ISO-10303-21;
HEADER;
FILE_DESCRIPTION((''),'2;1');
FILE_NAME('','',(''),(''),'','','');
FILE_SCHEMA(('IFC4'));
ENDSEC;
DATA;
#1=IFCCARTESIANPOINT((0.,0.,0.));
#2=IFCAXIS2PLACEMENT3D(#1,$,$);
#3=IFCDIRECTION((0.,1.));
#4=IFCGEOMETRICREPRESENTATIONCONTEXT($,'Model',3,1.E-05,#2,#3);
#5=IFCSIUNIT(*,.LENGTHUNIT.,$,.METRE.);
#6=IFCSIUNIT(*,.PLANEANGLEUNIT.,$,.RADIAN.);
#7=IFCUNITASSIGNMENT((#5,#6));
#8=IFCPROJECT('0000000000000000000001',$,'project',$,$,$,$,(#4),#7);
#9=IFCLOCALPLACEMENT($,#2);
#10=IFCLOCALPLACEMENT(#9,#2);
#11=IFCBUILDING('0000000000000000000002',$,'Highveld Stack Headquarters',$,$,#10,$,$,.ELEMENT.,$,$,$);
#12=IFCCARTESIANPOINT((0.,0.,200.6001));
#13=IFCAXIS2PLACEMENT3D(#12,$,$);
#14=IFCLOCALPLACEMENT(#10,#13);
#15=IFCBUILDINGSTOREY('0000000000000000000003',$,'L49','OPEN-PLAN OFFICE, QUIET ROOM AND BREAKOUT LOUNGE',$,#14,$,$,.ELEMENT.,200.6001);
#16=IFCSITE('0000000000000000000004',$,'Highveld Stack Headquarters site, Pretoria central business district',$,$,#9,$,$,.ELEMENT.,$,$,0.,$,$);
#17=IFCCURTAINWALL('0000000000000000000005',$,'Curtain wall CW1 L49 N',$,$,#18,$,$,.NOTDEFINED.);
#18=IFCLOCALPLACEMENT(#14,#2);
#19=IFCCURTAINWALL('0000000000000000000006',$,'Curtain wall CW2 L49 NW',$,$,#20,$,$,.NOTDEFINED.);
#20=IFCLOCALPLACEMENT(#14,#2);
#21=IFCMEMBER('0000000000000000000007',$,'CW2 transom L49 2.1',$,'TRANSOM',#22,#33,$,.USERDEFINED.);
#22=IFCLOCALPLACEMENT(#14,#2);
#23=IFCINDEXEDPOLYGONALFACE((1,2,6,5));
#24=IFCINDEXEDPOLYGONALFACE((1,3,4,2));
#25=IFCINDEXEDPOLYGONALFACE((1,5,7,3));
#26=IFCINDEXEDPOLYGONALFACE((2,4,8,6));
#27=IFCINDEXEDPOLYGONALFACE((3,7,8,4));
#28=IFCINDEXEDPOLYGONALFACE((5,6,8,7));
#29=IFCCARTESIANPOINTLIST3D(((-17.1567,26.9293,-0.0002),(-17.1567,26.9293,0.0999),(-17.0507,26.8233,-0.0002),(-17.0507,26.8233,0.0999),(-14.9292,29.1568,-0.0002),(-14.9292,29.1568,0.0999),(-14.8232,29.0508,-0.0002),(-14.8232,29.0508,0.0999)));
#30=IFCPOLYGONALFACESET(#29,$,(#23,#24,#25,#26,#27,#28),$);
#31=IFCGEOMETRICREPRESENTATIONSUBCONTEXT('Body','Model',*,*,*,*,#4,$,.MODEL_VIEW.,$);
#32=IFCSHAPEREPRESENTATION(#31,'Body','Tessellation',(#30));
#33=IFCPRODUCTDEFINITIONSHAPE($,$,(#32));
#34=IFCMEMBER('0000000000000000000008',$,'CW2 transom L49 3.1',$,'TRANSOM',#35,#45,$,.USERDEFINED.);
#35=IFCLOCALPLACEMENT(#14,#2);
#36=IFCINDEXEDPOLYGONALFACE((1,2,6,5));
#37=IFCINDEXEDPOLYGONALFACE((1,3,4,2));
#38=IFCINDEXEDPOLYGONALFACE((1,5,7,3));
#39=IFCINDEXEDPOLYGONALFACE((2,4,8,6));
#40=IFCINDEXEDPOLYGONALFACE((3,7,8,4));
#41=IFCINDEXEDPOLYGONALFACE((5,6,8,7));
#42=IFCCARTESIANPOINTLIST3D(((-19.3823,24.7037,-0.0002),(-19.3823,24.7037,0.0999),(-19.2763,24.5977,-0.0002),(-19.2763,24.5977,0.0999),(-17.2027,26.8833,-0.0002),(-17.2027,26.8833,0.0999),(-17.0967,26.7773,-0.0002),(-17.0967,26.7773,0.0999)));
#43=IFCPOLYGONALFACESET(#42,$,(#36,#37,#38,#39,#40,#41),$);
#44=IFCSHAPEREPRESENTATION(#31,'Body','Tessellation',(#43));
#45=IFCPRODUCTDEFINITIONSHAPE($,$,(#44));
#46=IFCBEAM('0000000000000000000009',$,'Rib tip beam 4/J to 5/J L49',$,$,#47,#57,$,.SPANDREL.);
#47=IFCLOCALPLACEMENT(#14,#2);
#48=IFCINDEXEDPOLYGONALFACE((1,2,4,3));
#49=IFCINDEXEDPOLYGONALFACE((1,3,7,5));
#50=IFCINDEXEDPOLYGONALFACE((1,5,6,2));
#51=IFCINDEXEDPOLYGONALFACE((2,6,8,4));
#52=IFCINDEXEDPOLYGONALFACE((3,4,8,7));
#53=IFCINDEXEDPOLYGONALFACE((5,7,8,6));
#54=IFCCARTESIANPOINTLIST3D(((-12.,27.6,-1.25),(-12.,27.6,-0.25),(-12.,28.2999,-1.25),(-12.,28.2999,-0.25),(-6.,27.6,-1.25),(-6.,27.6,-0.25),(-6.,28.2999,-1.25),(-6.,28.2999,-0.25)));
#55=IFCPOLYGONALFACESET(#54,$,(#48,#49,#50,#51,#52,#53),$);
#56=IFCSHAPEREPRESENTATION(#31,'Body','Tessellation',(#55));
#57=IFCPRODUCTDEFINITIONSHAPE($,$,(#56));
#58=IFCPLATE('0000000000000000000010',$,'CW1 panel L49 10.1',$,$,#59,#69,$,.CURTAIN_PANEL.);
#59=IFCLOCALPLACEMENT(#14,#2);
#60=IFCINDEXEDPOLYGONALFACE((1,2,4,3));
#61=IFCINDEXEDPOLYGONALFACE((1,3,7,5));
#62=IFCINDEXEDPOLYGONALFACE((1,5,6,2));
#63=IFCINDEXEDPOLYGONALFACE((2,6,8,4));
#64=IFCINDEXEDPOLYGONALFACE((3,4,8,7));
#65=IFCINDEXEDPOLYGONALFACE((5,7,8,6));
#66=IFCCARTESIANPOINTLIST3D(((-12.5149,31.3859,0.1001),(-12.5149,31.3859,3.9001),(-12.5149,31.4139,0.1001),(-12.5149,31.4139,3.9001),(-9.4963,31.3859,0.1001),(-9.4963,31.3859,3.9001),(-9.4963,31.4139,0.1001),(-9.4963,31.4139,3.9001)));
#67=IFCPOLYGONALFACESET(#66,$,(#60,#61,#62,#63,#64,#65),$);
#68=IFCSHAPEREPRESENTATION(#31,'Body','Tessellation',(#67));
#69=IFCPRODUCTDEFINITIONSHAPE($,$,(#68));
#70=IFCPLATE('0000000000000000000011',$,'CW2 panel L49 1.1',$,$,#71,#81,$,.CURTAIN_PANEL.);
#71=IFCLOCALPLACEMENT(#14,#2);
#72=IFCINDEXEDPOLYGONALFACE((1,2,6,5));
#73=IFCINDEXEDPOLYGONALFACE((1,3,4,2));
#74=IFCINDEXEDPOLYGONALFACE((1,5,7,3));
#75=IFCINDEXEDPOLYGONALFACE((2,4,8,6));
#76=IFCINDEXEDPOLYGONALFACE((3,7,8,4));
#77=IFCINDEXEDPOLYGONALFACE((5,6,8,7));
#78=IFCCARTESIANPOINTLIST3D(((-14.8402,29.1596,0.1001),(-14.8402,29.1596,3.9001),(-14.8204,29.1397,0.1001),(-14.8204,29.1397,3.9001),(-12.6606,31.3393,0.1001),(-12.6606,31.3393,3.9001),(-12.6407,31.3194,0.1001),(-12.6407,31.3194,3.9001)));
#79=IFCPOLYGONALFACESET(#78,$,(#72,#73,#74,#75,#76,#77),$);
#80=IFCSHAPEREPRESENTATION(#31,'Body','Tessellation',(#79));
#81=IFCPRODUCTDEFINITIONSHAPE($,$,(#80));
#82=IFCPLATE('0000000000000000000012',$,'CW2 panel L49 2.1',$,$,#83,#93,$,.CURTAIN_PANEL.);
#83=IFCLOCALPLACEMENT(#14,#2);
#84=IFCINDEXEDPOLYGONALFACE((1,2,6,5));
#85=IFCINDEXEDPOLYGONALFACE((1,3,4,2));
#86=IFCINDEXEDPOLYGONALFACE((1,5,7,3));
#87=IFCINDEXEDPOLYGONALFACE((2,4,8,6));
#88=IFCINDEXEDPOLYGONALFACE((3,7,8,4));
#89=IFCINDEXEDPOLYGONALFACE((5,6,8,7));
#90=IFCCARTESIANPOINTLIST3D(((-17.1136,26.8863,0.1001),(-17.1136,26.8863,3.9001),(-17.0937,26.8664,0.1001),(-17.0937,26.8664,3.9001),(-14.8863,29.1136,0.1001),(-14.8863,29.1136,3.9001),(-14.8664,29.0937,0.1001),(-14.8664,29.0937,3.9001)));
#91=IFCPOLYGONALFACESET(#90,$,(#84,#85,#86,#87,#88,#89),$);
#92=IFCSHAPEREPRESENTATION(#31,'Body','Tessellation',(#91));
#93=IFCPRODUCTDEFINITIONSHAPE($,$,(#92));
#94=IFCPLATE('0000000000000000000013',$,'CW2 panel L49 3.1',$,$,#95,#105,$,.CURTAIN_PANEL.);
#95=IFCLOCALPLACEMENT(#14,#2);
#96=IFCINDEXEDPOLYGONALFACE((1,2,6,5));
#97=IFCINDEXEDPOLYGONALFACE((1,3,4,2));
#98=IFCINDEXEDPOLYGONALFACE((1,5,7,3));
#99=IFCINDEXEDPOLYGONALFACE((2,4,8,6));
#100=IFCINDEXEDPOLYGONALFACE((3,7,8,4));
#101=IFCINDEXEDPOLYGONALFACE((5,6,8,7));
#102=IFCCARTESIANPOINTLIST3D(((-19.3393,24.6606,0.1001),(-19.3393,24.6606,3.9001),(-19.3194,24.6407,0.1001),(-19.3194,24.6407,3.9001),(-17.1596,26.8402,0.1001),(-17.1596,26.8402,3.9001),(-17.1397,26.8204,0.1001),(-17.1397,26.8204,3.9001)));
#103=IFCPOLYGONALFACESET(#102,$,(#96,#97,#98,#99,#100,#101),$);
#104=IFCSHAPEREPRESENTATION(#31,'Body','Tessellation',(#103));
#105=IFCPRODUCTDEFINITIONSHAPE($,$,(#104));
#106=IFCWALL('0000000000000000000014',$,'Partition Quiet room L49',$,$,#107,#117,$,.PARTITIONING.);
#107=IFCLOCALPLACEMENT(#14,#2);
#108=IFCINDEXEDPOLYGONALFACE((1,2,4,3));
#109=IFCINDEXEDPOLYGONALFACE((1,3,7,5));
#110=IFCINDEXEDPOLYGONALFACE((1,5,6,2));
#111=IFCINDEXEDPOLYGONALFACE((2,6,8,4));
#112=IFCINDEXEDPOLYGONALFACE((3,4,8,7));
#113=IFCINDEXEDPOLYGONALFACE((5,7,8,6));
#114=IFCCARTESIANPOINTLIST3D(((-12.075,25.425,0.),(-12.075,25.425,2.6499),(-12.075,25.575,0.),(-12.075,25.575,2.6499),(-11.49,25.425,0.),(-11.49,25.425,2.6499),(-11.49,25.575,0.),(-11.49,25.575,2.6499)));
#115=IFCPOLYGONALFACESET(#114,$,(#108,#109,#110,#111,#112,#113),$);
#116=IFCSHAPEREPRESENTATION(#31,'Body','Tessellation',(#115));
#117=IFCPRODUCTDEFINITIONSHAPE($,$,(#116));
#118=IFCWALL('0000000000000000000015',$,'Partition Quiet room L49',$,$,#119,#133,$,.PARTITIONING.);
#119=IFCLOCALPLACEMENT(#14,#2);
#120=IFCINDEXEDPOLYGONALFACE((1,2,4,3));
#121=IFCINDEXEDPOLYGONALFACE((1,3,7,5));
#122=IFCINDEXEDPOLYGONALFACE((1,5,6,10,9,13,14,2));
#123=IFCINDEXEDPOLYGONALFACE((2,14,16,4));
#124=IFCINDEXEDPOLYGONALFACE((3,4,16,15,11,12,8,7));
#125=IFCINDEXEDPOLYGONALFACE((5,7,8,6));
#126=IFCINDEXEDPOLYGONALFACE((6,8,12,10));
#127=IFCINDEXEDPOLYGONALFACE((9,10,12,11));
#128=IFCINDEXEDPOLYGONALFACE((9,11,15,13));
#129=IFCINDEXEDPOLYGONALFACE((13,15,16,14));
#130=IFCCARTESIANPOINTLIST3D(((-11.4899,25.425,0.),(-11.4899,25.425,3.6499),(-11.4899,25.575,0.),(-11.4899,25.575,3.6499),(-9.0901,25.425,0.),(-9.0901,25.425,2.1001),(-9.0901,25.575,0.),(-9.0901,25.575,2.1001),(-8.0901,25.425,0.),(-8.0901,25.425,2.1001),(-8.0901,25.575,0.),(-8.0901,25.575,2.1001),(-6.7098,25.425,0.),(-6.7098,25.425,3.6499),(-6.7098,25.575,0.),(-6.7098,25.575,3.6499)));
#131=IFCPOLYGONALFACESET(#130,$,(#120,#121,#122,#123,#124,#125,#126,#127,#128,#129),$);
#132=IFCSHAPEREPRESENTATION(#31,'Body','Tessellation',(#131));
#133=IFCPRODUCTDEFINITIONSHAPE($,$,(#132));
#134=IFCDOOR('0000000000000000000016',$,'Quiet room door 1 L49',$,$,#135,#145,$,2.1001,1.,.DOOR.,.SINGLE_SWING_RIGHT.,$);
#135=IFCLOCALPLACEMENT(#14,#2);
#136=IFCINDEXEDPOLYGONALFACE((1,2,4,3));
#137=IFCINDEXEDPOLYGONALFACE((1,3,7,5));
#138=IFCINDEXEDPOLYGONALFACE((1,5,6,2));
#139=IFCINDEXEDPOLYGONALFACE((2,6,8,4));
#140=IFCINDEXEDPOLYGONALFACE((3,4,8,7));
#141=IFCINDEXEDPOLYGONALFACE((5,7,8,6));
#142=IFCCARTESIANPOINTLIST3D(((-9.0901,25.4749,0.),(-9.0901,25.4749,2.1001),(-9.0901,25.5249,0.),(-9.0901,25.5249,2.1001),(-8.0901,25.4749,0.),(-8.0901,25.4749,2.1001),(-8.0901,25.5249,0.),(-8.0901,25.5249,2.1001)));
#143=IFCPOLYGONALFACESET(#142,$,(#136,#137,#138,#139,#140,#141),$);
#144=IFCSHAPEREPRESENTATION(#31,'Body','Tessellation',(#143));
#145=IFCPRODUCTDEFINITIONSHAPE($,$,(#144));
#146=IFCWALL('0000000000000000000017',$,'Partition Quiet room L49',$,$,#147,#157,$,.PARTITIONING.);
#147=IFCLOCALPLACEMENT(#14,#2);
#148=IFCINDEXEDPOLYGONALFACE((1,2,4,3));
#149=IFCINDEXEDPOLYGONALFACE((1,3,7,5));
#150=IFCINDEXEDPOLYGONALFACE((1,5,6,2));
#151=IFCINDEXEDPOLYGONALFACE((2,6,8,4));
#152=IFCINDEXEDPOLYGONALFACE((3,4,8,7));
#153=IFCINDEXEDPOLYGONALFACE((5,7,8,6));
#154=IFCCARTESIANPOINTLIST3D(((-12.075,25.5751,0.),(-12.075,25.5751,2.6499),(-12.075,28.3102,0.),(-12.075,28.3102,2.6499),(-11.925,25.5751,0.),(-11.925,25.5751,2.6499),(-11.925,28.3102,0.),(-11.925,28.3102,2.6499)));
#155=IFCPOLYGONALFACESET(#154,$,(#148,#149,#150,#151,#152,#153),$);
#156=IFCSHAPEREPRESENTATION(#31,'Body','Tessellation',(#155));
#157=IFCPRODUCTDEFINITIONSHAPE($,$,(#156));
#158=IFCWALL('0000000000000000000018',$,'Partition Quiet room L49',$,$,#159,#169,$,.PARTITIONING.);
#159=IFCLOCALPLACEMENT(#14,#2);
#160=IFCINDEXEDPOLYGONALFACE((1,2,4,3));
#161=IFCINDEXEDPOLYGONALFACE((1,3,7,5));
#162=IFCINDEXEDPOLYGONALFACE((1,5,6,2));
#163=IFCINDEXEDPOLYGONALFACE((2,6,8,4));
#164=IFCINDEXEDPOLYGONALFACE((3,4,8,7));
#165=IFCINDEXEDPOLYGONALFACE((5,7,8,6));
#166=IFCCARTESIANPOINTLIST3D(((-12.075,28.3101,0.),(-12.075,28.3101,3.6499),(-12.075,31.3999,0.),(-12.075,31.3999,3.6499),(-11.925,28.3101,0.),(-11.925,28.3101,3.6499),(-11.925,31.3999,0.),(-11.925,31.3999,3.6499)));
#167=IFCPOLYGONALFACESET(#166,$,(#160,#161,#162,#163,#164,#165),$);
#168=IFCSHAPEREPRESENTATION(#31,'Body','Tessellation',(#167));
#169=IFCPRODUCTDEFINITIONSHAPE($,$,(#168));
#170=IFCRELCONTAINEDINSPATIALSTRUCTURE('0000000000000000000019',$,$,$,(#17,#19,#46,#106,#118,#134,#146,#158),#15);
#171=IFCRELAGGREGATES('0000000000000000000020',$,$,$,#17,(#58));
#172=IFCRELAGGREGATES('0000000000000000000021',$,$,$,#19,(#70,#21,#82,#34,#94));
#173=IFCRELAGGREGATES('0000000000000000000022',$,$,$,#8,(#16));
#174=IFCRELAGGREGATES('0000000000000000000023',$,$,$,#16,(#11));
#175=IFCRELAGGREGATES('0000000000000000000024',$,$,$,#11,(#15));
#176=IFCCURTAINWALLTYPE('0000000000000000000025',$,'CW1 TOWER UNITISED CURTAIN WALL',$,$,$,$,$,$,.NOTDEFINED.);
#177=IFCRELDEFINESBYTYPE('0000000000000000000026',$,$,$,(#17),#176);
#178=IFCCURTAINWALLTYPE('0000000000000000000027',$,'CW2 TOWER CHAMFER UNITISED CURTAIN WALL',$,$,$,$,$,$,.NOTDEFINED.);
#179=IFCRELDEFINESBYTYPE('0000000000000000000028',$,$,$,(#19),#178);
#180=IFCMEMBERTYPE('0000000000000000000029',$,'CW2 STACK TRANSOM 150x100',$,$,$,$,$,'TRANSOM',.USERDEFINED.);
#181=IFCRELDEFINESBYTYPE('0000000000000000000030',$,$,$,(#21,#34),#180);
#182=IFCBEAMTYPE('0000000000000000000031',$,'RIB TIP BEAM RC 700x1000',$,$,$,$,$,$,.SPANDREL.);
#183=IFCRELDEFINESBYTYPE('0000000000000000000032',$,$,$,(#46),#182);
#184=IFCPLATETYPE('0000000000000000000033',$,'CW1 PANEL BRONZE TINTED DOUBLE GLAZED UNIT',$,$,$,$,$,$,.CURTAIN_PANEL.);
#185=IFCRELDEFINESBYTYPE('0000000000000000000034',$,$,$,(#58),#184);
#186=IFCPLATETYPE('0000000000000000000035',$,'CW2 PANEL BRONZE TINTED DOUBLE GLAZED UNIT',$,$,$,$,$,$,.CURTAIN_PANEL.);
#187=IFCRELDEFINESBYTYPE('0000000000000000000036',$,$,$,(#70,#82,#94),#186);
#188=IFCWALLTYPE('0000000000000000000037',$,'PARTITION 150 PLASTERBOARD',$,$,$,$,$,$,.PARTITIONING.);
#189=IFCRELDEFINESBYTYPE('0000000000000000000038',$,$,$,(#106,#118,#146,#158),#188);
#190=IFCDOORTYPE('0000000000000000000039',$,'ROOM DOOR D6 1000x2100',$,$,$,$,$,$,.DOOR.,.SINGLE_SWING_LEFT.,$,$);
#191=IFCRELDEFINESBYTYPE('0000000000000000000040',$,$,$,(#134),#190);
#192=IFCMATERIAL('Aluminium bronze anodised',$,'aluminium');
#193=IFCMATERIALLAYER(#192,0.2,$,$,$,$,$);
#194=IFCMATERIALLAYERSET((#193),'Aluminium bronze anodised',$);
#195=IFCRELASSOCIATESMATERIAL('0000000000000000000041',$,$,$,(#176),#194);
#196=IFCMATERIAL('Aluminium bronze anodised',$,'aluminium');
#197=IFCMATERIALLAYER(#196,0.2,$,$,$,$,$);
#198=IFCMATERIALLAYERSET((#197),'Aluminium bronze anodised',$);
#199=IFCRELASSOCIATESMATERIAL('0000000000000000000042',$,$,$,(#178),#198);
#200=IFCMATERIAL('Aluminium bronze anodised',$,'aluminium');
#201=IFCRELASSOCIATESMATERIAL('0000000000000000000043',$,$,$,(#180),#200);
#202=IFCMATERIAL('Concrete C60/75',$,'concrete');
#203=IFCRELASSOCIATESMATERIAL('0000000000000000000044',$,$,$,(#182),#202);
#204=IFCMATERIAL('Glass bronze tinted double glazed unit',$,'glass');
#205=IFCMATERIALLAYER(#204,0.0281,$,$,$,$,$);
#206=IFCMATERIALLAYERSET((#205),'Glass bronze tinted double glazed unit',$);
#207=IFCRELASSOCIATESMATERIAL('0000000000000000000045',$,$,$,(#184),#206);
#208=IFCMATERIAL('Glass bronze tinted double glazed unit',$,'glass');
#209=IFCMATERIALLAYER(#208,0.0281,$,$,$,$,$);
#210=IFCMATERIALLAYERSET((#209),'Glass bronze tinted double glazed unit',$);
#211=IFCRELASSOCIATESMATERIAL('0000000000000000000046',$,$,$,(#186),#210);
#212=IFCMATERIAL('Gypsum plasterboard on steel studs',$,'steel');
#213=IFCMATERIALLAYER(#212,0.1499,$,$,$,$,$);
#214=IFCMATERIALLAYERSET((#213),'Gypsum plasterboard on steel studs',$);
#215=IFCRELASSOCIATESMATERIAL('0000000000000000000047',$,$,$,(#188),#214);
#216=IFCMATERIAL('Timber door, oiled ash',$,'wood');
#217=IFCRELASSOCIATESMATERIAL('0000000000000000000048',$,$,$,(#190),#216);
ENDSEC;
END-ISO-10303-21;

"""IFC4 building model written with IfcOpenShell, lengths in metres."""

from ifc_helpers import new_model, si_unit, direction, frame, frame_2d, origin, origin_2d, place, context, subcontext, project, spatial, rectangle, extrude, material, layer, layer_set, material_profile, profile_set, type_object, element, fill, aggregate, save


model = new_model("IFC4")

# Units and contexts
model_context = context("Model", 3, precision=1e-05, world=origin(), true_north=direction((0.0, 1.0)))
body_context = subcontext(model_context, "Body", "Model", "MODEL_VIEW")
ifc_project = project(units=[si_unit("LENGTHUNIT", "METRE"), si_unit("PLANEANGLEUNIT", "RADIAN")], contexts=[model_context])

# Site, building, storey
site_placement = place(None, origin())
site = spatial("IfcSite", under=ifc_project, at=site_placement, Name="Highveld Stack Headquarters site, Pretoria central business district", CompositionType="ELEMENT", RefElevation=0.0)
building_placement = place(site_placement, origin())
building = spatial("IfcBuilding", under=site, at=building_placement, Name="Highveld Stack Headquarters", CompositionType="ELEMENT")
storey_placement = place(building_placement, frame((0.0, 0.0, 200.6001)))
storey = spatial("IfcBuildingStorey", under=building, at=storey_placement, Name="L49", Description="OPEN-PLAN OFFICE, QUIET ROOM AND BREAKOUT LOUNGE", CompositionType="ELEMENT", Elevation=200.6001)

# Curtain wall
ifc_material_1 = material(Name="Aluminium bronze anodised", Category="aluminium")
ifc_layer_1 = layer(ifc_material_1, 0.2)
ifc_layer_set_1 = layer_set([ifc_layer_1], Name="Aluminium bronze anodised")
curtain_wall_type_1 = type_object("IfcCurtainWallType", Name="CW1 TOWER UNITISED CURTAIN WALL", PredefinedType="NOTDEFINED", material=ifc_layer_set_1)
curtain_wall_1_placement = place(storey_placement, origin())
curtain_wall_1 = element("IfcCurtainWall", 1, at=curtain_wall_1_placement, inside=storey, type_object=curtain_wall_type_1, Name="Curtain wall CW1 L49 N", PredefinedType="NOTDEFINED")

# Curtain wall, members
ifc_material_2 = material(Name="Aluminium bronze anodised", Category="aluminium")
ifc_layer_2 = layer(ifc_material_2, 0.2)
ifc_layer_set_2 = layer_set([ifc_layer_2], Name="Aluminium bronze anodised")
curtain_wall_type_2 = type_object("IfcCurtainWallType", Name="CW2 TOWER CHAMFER UNITISED CURTAIN WALL", PredefinedType="NOTDEFINED", material=ifc_layer_set_2)
curtain_wall_2_placement = place(storey_placement, origin())
curtain_wall_2 = element("IfcCurtainWall", 2, at=curtain_wall_2_placement, inside=storey, type_object=curtain_wall_type_2, Name="Curtain wall CW2 L49 NW", PredefinedType="NOTDEFINED")
ifc_material_3 = material(Name="Aluminium bronze anodised", Category="aluminium")
ifc_material_profile_1 = material_profile(ifc_material_3, rectangle(XDim=0.1499, YDim=0.1001, at=origin_2d()), Name="CW2 TRANSOM 150x100")
ifc_profile_set_1 = profile_set([ifc_material_profile_1], Name="Aluminium bronze anodised")
member_type_1 = type_object("IfcMemberType", Name="CW2 STACK TRANSOM 150x100", ElementType="TRANSOM", PredefinedType="USERDEFINED", material=ifc_profile_set_1)
member_1_placement = place(storey_placement, frame((-14.8762, 29.1038, 0.0498), z_axis=(-0.707107, -0.707107, 0.0), x_axis=(0.707107, -0.707107, 0.0)))
member_1 = element("IfcMember", 3, at=member_1_placement, type_object=member_type_1, Name="CW2 transom L49 2.1", ObjectType="TRANSOM", PredefinedType="USERDEFINED", context=body_context, shape_type="SweptSolid", body=[
    extrude(rectangle(XDim=0.1499, YDim=0.1001, at=origin_2d()), origin(), (0.0, 0.0, 1.0), 3.1501),
])
member_2_placement = place(storey_placement, frame((-17.1497, 26.8303, 0.0498), z_axis=(-0.707107, -0.707107, 0.0), x_axis=(0.707107, -0.707107, 0.0)))
member_2 = element("IfcMember", 4, at=member_2_placement, type_object=member_type_1, Name="CW2 transom L49 3.1", ObjectType="TRANSOM", PredefinedType="USERDEFINED", context=body_context, shape_type="SweptSolid", body=[
    extrude(rectangle(XDim=0.1499, YDim=0.1001, at=origin_2d()), origin(), (0.0, 0.0, 1.0), 3.0825),
])

# Beam
ifc_material_4 = material(Name="Concrete C60/75", Category="concrete")
ifc_material_profile_2 = material_profile(ifc_material_4, rectangle(XDim=0.7, YDim=1.0, at=origin_2d()), Name="RC 700x1000")
ifc_profile_set_2 = profile_set([ifc_material_profile_2], Name="Concrete C60/75")
beam_type_1 = type_object("IfcBeamType", Name="RIB TIP BEAM RC 700x1000", PredefinedType="SPANDREL", material=ifc_profile_set_2)
beam_1_placement = place(storey_placement, frame((-12.0, 27.95, -0.75), z_axis=(1.0, 0.0, 0.0), x_axis=(0.0, 1.0, 0.0)))
element("IfcBeam", 5, at=beam_1_placement, inside=storey, type_object=beam_type_1, Name="Rib tip beam 4/J to 5/J L49", PredefinedType="SPANDREL", context=body_context, shape_type="SweptSolid", body=[
    extrude(rectangle(XDim=0.7, YDim=1.0, at=origin_2d()), origin(), (0.0, 0.0, 1.0), 6.0),
])

# Plates
ifc_material_5 = material(Name="Glass bronze tinted double glazed unit", Category="glass")
ifc_layer_3 = layer(ifc_material_5, 0.0281)
ifc_layer_set_3 = layer_set([ifc_layer_3], Name="Glass bronze tinted double glazed unit")
plate_type_1 = type_object("IfcPlateType", Name="CW1 PANEL BRONZE TINTED DOUBLE GLAZED UNIT", PredefinedType="CURTAIN_PANEL", material=ifc_layer_set_3)
plate_1_placement = place(storey_placement, frame((-11.0056, 31.3999, 0.1001), z_axis=(0.0, 0.0, 1.0), x_axis=(-1.0, 0.0, 0.0)))
plate_1 = element("IfcPlate", 6, at=plate_1_placement, type_object=plate_type_1, Name="CW1 panel L49 10.1", PredefinedType="CURTAIN_PANEL", context=body_context, shape_type="SweptSolid", body=[
    extrude(rectangle(XDim=3.0186, YDim=0.0281, at=origin_2d()), origin(), (0.0, 0.0, 1.0), 3.8),
])
aggregate(curtain_wall_1, [plate_1])
ifc_material_6 = material(Name="Glass bronze tinted double glazed unit", Category="glass")
ifc_layer_4 = layer(ifc_material_6, 0.0281)
ifc_layer_set_4 = layer_set([ifc_layer_4], Name="Glass bronze tinted double glazed unit")
plate_type_2 = type_object("IfcPlateType", Name="CW2 PANEL BRONZE TINTED DOUBLE GLAZED UNIT", PredefinedType="CURTAIN_PANEL", material=ifc_layer_set_4)
plate_2_placement = place(storey_placement, frame((-13.7405, 30.2395, 0.1001), z_axis=(0.0, 0.0, 1.0), x_axis=(-0.707107, -0.707107, 0.0)))
plate_2 = element("IfcPlate", 7, at=plate_2_placement, type_object=plate_type_2, Name="CW2 panel L49 1.1", PredefinedType="CURTAIN_PANEL", context=body_context, shape_type="SweptSolid", body=[
    extrude(rectangle(XDim=3.0825, YDim=0.0281, at=origin_2d()), origin(), (0.0, 0.0, 1.0), 3.8),
])
plate_3_placement = place(storey_placement, frame((-15.99, 27.99, 0.1001), z_axis=(0.0, 0.0, 1.0), x_axis=(-0.707107, -0.707107, 0.0)))
plate_3 = element("IfcPlate", 8, at=plate_3_placement, type_object=plate_type_2, Name="CW2 panel L49 2.1", PredefinedType="CURTAIN_PANEL", context=body_context, shape_type="SweptSolid", body=[
    extrude(rectangle(XDim=3.1499, YDim=0.0281, at=origin_2d()), origin(), (0.0, 0.0, 1.0), 3.8),
])
plate_4_placement = place(storey_placement, frame((-18.2395, 25.7405, 0.1001), z_axis=(0.0, 0.0, 1.0), x_axis=(-0.707107, -0.707107, 0.0)))
plate_4 = element("IfcPlate", 9, at=plate_4_placement, type_object=plate_type_2, Name="CW2 panel L49 3.1", PredefinedType="CURTAIN_PANEL", context=body_context, shape_type="SweptSolid", body=[
    extrude(rectangle(XDim=3.0825, YDim=0.0281, at=origin_2d()), origin(), (0.0, 0.0, 1.0), 3.8),
])
aggregate(curtain_wall_2, [plate_2, member_1, plate_3, member_2, plate_4])

# Wall
ifc_material_7 = material(Name="Gypsum plasterboard on steel studs", Category="steel")
ifc_layer_5 = layer(ifc_material_7, 0.1499)
ifc_layer_set_5 = layer_set([ifc_layer_5], Name="Gypsum plasterboard on steel studs")
wall_type = type_object("IfcWallType", Name="PARTITION 150 PLASTERBOARD", PredefinedType="PARTITIONING", material=ifc_layer_set_5)
wall_1_placement = place(storey_placement, frame((-12.075, 25.5, 0.0), z_axis=(0.0, 0.0, 1.0), x_axis=(1.0, 0.0, 0.0)))
element("IfcWall", 10, at=wall_1_placement, inside=storey, type_object=wall_type, Name="Partition Quiet room L49", PredefinedType="PARTITIONING", context=body_context, shape_type="SweptSolid", body=[
    extrude(rectangle(XDim=0.585, YDim=0.1499, at=frame_2d((0.2925, 0.0))), origin(), (0.0, 0.0, 1.0), 2.6499),
])

# Wall, opening, door
wall_2_placement = place(storey_placement, frame((-11.49, 25.5, 0.0), z_axis=(0.0, 0.0, 1.0), x_axis=(1.0, 0.0, 0.0)))
wall_2 = element("IfcWall", 11, at=wall_2_placement, inside=storey, type_object=wall_type, Name="Partition Quiet room L49", PredefinedType="PARTITIONING", context=body_context, shape_type="SweptSolid", body=[
    extrude(rectangle(XDim=4.78, YDim=0.1499, at=frame_2d((2.3901, 0.0))), origin(), (0.0, 0.0, 1.0), 3.6499),
])
opening_placement = place(wall_2_placement, frame((2.3999, 0.0, 0.0)))
opening = element("IfcOpeningElement", 12, at=opening_placement, cuts=wall_2, PredefinedType="OPENING", context=body_context, shape_type="SweptSolid", body=[
    extrude(rectangle(XDim=1.0, YDim=2.1001, at=frame_2d((0.5, 1.05))), frame((0.0, 0.085, 0.0), z_axis=(0.0, -1.0, 0.0), x_axis=(1.0, 0.0, 0.0)), (0.0, 0.0, 1.0), 0.1699),
])
ifc_material_8 = material(Name="Timber door, oiled ash", Category="wood")
door_type = type_object("IfcDoorType", Name="ROOM DOOR D6 1000x2100", OperationType="SINGLE_SWING_LEFT", PredefinedType="DOOR", material=ifc_material_8)
door_placement = place(opening_placement, origin())
door = element("IfcDoor", 13, at=door_placement, inside=storey, type_object=door_type, Name="Quiet room door 1 L49", OperationType="SINGLE_SWING_RIGHT", OverallHeight=2.1001, OverallWidth=1.0, PredefinedType="DOOR", context=body_context, shape_type="SweptSolid", body=[
    extrude(rectangle(XDim=1.0, YDim=2.1001, at=frame_2d((0.5, 1.05))), frame((0.0, 0.0249, 0.0), z_axis=(0.0, -1.0, 0.0), x_axis=(1.0, 0.0, 0.0)), (0.0, 0.0, 1.0), 0.05),
])
fill(opening, door)

# Walls
wall_3_placement = place(storey_placement, frame((-12.0, 25.575, 0.0), z_axis=(0.0, 0.0, 1.0), x_axis=(0.0, 1.0, 0.0)))
element("IfcWall", 14, at=wall_3_placement, inside=storey, type_object=wall_type, Name="Partition Quiet room L49", PredefinedType="PARTITIONING", context=body_context, shape_type="SweptSolid", body=[
    extrude(rectangle(XDim=2.7351, YDim=0.1499, at=frame_2d((1.3677, 0.0))), origin(), (0.0, 0.0, 1.0), 2.6499),
])
wall_4_placement = place(storey_placement, frame((-12.0, 28.3101, 0.0), z_axis=(0.0, 0.0, 1.0), x_axis=(0.0, 1.0, 0.0)))
element("IfcWall", 15, at=wall_4_placement, inside=storey, type_object=wall_type, Name="Partition Quiet room L49", PredefinedType="PARTITIONING", context=body_context, shape_type="SweptSolid", body=[
    extrude(rectangle(XDim=3.0898, YDim=0.1499, at=frame_2d((1.5449, 0.0))), origin(), (0.0, 0.0, 1.0), 3.6499),
])

save(model, "model.ifc")
